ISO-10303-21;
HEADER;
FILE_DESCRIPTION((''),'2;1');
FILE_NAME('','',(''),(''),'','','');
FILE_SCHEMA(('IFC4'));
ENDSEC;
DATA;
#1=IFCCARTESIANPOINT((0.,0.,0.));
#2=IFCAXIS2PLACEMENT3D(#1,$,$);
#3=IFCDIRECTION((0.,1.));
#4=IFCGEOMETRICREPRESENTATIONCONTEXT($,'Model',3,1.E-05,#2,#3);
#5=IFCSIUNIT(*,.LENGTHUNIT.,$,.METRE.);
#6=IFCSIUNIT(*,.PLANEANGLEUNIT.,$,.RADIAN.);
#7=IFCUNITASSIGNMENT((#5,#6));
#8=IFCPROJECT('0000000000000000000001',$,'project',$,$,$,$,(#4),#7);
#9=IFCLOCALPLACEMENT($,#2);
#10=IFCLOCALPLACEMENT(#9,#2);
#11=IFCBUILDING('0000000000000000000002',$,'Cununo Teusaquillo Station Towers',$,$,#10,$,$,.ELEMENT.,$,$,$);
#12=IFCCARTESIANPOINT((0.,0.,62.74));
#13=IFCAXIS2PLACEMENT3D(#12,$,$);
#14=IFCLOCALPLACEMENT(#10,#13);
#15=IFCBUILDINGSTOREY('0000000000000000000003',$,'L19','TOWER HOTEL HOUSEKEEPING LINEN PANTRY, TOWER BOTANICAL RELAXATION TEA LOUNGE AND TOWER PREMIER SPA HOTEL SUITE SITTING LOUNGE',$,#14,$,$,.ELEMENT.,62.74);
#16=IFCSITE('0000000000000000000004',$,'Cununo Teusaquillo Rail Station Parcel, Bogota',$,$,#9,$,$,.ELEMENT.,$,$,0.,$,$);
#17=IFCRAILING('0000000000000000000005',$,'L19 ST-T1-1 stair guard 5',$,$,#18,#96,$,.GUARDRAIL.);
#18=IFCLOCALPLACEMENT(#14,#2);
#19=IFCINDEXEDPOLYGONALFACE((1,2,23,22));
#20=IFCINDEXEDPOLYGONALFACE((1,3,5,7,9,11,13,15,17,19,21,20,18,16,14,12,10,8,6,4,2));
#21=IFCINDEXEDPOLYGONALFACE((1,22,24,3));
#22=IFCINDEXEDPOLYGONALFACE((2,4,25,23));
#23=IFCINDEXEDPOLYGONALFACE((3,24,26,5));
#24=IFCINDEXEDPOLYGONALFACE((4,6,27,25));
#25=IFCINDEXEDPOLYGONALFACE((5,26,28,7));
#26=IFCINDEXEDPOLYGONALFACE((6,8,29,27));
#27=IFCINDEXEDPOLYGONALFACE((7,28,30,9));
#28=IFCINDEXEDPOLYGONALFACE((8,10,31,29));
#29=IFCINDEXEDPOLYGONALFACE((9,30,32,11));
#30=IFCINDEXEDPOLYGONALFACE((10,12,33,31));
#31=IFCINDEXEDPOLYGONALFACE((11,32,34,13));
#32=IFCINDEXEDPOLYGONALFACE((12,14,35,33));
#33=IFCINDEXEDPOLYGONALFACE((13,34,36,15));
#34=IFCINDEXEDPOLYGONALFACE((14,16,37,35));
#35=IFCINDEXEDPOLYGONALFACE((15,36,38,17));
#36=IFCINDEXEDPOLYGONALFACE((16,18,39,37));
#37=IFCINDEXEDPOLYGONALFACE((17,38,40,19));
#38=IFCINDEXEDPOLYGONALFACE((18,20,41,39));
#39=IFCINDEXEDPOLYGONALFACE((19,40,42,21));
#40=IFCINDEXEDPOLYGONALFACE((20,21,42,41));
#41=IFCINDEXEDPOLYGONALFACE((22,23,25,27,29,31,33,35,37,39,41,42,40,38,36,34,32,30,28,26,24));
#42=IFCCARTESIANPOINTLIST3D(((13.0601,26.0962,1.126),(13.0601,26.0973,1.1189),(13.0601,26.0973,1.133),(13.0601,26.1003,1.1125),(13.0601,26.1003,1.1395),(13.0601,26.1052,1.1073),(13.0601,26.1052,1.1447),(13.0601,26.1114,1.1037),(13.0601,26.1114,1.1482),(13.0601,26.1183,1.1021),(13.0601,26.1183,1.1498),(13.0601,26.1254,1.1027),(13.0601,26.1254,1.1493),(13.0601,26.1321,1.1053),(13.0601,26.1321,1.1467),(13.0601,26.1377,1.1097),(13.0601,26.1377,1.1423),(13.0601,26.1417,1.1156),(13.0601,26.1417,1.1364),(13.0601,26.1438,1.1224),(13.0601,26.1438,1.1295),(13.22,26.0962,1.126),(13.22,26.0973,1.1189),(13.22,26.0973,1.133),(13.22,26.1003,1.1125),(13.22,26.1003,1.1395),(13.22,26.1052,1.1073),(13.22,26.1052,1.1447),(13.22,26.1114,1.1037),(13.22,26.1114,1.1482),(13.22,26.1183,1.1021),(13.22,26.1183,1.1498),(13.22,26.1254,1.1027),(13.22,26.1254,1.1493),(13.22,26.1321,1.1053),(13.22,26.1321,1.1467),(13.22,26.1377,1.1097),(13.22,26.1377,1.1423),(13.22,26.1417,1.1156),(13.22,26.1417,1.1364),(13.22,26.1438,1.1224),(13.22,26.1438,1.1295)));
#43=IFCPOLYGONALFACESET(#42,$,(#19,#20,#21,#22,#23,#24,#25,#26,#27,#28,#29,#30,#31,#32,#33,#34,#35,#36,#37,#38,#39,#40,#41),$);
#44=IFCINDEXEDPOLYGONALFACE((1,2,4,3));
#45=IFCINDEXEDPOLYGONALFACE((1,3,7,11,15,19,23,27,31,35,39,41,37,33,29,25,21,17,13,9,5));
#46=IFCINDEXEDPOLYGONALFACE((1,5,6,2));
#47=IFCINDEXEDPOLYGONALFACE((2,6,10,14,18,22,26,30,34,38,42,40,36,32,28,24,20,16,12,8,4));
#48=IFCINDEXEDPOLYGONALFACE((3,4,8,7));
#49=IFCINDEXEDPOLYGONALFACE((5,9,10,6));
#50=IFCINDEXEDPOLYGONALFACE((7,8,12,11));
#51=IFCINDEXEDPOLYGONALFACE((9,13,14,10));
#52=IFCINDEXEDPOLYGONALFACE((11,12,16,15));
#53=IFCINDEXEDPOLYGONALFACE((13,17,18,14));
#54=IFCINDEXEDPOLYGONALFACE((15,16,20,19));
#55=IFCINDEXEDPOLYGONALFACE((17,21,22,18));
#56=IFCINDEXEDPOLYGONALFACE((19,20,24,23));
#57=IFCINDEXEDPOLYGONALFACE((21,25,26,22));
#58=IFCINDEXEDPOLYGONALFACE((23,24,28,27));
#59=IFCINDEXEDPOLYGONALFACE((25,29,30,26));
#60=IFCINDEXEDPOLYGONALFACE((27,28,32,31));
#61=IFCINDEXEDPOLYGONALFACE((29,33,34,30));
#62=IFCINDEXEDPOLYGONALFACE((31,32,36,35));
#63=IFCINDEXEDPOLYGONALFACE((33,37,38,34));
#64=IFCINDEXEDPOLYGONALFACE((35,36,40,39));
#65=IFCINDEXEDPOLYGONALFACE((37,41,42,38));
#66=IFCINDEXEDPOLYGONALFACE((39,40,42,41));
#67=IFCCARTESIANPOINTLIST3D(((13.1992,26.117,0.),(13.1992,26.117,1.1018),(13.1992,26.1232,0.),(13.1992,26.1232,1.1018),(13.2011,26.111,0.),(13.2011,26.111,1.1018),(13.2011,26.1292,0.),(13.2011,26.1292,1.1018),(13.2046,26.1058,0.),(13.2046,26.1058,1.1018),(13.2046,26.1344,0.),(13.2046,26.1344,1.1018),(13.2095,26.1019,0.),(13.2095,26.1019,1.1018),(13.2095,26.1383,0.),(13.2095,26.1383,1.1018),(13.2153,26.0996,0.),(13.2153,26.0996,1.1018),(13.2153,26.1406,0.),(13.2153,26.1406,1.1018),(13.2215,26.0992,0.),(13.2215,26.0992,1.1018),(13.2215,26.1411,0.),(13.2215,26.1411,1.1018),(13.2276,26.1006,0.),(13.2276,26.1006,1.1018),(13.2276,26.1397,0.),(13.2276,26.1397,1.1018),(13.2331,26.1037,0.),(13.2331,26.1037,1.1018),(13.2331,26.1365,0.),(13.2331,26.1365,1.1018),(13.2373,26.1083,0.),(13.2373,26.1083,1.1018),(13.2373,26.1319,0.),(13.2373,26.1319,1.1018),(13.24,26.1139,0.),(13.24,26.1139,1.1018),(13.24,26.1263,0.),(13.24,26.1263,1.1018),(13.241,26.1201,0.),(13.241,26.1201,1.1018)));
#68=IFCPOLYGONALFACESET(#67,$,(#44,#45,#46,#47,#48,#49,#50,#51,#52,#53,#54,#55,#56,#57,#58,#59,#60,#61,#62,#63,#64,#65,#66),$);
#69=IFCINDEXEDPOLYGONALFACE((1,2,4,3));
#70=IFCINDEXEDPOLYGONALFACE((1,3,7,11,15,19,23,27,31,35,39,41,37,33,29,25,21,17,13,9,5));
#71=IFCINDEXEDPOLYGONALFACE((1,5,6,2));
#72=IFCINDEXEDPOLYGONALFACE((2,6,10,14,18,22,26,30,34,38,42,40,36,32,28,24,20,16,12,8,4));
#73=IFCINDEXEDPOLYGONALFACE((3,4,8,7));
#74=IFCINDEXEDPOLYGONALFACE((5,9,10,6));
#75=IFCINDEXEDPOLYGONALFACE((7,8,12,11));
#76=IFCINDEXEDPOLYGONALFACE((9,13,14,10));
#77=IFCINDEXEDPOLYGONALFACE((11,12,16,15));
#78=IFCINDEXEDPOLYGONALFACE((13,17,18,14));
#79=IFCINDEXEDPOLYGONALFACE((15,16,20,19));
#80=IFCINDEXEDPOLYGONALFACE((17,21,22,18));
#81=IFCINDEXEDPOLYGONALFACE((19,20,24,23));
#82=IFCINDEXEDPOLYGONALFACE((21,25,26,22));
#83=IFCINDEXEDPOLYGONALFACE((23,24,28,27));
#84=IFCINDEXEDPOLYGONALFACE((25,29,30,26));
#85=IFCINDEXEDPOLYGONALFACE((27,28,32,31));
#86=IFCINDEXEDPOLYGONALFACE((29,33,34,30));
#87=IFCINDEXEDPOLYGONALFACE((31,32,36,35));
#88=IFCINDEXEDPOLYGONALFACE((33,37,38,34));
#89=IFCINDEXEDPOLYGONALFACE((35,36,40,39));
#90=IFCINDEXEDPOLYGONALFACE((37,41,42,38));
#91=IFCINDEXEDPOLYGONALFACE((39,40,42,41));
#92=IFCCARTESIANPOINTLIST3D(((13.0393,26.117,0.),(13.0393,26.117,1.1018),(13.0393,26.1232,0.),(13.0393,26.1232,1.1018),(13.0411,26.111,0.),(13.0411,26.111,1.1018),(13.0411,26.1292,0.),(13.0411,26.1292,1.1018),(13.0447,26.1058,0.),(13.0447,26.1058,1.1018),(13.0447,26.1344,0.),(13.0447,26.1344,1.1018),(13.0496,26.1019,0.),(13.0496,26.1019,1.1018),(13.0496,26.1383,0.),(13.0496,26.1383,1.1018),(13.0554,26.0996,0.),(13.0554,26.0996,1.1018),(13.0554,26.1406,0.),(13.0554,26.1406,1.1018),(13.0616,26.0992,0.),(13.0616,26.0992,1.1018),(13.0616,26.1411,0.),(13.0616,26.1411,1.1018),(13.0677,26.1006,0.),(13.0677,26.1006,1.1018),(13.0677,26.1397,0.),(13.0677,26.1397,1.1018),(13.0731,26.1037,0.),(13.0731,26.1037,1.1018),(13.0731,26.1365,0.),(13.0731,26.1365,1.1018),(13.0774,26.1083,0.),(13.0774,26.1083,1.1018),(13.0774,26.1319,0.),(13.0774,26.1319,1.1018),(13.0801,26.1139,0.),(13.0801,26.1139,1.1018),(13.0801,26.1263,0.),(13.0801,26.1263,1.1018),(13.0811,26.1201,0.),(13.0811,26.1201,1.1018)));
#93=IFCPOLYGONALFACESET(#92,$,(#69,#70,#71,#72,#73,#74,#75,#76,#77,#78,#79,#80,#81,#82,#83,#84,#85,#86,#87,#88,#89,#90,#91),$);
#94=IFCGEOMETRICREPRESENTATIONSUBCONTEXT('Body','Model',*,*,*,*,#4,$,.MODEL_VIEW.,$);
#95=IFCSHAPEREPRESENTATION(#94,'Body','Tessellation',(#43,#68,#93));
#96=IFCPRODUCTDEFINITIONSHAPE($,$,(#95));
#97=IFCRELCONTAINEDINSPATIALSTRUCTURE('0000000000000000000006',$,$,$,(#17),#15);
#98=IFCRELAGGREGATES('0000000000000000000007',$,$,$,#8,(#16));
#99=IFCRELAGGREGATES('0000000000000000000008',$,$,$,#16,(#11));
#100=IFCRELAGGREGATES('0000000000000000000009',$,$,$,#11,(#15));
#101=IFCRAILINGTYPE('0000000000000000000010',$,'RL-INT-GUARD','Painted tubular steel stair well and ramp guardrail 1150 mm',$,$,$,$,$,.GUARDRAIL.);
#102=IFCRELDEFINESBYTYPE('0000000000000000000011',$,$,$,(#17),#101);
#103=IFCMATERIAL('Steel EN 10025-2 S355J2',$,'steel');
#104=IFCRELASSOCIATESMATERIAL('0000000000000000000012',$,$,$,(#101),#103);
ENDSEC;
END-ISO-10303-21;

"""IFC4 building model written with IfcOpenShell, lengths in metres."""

from ifc_helpers import new_model, si_unit, direction, frame, origin, origin_2d, place, context, subcontext, project, spatial, circle, extrude, material, type_object, element, save


model = new_model("IFC4")

# Units and contexts
model_context = context("Model", 3, precision=1e-05, world=origin(), true_north=direction((0.0, 1.0)))
body_context = subcontext(model_context, "Body", "Model", "MODEL_VIEW")
ifc_project = project(units=[si_unit("LENGTHUNIT", "METRE"), si_unit("PLANEANGLEUNIT", "RADIAN")], contexts=[model_context])

# Site, building, storey
site_placement = place(None, origin())
site = spatial("IfcSite", under=ifc_project, at=site_placement, Name="Cununo Teusaquillo Rail Station Parcel, Bogota", CompositionType="ELEMENT", RefElevation=0.0)
building_placement = place(site_placement, origin())
building = spatial("IfcBuilding", under=site, at=building_placement, Name="Cununo Teusaquillo Station Towers", CompositionType="ELEMENT")
storey_placement = place(building_placement, frame((0.0, 0.0, 62.74)))
storey = spatial("IfcBuildingStorey", under=building, at=storey_placement, Name="L19", Description="TOWER HOTEL HOUSEKEEPING LINEN PANTRY, TOWER BOTANICAL RELAXATION TEA LOUNGE AND TOWER PREMIER SPA HOTEL SUITE SITTING LOUNGE", CompositionType="ELEMENT", Elevation=62.74)

# Railing
ifc_material_1 = material(Name="Steel EN 10025-2 S355J2", Category="steel")
railing_type_1 = type_object("IfcRailingType", Name="RL-INT-GUARD", Description="Painted tubular steel stair well and ramp guardrail 1150 mm", PredefinedType="GUARDRAIL", material=ifc_material_1)
railing_1_placement = place(storey_placement, frame((13.22, 26.1201, 0.0)))
element("IfcRailing", 1, at=railing_1_placement, inside=storey, type_object=railing_type_1, Name="L19 ST-T1-1 stair guard 5", PredefinedType="GUARDRAIL", context=body_context, shape_type="SweptSolid", body=[
    extrude(circle(Radius=0.0239, at=origin_2d()), frame((0.0, 0.0, 1.126), z_axis=(-1.0, 0.0, 0.0), x_axis=(0.0, -1.0, 0.0)), (0.0, 0.0, 1.0), 0.1599),
    extrude(circle(Radius=0.021, at=origin_2d()), origin(), (0.0, 0.0, 1.0), 1.1018),
    extrude(circle(Radius=0.021, at=origin_2d()), frame((-0.1599, 0.0, 0.0)), (0.0, 0.0, 1.0), 1.1018),
])

save(model, "model.ifc")
